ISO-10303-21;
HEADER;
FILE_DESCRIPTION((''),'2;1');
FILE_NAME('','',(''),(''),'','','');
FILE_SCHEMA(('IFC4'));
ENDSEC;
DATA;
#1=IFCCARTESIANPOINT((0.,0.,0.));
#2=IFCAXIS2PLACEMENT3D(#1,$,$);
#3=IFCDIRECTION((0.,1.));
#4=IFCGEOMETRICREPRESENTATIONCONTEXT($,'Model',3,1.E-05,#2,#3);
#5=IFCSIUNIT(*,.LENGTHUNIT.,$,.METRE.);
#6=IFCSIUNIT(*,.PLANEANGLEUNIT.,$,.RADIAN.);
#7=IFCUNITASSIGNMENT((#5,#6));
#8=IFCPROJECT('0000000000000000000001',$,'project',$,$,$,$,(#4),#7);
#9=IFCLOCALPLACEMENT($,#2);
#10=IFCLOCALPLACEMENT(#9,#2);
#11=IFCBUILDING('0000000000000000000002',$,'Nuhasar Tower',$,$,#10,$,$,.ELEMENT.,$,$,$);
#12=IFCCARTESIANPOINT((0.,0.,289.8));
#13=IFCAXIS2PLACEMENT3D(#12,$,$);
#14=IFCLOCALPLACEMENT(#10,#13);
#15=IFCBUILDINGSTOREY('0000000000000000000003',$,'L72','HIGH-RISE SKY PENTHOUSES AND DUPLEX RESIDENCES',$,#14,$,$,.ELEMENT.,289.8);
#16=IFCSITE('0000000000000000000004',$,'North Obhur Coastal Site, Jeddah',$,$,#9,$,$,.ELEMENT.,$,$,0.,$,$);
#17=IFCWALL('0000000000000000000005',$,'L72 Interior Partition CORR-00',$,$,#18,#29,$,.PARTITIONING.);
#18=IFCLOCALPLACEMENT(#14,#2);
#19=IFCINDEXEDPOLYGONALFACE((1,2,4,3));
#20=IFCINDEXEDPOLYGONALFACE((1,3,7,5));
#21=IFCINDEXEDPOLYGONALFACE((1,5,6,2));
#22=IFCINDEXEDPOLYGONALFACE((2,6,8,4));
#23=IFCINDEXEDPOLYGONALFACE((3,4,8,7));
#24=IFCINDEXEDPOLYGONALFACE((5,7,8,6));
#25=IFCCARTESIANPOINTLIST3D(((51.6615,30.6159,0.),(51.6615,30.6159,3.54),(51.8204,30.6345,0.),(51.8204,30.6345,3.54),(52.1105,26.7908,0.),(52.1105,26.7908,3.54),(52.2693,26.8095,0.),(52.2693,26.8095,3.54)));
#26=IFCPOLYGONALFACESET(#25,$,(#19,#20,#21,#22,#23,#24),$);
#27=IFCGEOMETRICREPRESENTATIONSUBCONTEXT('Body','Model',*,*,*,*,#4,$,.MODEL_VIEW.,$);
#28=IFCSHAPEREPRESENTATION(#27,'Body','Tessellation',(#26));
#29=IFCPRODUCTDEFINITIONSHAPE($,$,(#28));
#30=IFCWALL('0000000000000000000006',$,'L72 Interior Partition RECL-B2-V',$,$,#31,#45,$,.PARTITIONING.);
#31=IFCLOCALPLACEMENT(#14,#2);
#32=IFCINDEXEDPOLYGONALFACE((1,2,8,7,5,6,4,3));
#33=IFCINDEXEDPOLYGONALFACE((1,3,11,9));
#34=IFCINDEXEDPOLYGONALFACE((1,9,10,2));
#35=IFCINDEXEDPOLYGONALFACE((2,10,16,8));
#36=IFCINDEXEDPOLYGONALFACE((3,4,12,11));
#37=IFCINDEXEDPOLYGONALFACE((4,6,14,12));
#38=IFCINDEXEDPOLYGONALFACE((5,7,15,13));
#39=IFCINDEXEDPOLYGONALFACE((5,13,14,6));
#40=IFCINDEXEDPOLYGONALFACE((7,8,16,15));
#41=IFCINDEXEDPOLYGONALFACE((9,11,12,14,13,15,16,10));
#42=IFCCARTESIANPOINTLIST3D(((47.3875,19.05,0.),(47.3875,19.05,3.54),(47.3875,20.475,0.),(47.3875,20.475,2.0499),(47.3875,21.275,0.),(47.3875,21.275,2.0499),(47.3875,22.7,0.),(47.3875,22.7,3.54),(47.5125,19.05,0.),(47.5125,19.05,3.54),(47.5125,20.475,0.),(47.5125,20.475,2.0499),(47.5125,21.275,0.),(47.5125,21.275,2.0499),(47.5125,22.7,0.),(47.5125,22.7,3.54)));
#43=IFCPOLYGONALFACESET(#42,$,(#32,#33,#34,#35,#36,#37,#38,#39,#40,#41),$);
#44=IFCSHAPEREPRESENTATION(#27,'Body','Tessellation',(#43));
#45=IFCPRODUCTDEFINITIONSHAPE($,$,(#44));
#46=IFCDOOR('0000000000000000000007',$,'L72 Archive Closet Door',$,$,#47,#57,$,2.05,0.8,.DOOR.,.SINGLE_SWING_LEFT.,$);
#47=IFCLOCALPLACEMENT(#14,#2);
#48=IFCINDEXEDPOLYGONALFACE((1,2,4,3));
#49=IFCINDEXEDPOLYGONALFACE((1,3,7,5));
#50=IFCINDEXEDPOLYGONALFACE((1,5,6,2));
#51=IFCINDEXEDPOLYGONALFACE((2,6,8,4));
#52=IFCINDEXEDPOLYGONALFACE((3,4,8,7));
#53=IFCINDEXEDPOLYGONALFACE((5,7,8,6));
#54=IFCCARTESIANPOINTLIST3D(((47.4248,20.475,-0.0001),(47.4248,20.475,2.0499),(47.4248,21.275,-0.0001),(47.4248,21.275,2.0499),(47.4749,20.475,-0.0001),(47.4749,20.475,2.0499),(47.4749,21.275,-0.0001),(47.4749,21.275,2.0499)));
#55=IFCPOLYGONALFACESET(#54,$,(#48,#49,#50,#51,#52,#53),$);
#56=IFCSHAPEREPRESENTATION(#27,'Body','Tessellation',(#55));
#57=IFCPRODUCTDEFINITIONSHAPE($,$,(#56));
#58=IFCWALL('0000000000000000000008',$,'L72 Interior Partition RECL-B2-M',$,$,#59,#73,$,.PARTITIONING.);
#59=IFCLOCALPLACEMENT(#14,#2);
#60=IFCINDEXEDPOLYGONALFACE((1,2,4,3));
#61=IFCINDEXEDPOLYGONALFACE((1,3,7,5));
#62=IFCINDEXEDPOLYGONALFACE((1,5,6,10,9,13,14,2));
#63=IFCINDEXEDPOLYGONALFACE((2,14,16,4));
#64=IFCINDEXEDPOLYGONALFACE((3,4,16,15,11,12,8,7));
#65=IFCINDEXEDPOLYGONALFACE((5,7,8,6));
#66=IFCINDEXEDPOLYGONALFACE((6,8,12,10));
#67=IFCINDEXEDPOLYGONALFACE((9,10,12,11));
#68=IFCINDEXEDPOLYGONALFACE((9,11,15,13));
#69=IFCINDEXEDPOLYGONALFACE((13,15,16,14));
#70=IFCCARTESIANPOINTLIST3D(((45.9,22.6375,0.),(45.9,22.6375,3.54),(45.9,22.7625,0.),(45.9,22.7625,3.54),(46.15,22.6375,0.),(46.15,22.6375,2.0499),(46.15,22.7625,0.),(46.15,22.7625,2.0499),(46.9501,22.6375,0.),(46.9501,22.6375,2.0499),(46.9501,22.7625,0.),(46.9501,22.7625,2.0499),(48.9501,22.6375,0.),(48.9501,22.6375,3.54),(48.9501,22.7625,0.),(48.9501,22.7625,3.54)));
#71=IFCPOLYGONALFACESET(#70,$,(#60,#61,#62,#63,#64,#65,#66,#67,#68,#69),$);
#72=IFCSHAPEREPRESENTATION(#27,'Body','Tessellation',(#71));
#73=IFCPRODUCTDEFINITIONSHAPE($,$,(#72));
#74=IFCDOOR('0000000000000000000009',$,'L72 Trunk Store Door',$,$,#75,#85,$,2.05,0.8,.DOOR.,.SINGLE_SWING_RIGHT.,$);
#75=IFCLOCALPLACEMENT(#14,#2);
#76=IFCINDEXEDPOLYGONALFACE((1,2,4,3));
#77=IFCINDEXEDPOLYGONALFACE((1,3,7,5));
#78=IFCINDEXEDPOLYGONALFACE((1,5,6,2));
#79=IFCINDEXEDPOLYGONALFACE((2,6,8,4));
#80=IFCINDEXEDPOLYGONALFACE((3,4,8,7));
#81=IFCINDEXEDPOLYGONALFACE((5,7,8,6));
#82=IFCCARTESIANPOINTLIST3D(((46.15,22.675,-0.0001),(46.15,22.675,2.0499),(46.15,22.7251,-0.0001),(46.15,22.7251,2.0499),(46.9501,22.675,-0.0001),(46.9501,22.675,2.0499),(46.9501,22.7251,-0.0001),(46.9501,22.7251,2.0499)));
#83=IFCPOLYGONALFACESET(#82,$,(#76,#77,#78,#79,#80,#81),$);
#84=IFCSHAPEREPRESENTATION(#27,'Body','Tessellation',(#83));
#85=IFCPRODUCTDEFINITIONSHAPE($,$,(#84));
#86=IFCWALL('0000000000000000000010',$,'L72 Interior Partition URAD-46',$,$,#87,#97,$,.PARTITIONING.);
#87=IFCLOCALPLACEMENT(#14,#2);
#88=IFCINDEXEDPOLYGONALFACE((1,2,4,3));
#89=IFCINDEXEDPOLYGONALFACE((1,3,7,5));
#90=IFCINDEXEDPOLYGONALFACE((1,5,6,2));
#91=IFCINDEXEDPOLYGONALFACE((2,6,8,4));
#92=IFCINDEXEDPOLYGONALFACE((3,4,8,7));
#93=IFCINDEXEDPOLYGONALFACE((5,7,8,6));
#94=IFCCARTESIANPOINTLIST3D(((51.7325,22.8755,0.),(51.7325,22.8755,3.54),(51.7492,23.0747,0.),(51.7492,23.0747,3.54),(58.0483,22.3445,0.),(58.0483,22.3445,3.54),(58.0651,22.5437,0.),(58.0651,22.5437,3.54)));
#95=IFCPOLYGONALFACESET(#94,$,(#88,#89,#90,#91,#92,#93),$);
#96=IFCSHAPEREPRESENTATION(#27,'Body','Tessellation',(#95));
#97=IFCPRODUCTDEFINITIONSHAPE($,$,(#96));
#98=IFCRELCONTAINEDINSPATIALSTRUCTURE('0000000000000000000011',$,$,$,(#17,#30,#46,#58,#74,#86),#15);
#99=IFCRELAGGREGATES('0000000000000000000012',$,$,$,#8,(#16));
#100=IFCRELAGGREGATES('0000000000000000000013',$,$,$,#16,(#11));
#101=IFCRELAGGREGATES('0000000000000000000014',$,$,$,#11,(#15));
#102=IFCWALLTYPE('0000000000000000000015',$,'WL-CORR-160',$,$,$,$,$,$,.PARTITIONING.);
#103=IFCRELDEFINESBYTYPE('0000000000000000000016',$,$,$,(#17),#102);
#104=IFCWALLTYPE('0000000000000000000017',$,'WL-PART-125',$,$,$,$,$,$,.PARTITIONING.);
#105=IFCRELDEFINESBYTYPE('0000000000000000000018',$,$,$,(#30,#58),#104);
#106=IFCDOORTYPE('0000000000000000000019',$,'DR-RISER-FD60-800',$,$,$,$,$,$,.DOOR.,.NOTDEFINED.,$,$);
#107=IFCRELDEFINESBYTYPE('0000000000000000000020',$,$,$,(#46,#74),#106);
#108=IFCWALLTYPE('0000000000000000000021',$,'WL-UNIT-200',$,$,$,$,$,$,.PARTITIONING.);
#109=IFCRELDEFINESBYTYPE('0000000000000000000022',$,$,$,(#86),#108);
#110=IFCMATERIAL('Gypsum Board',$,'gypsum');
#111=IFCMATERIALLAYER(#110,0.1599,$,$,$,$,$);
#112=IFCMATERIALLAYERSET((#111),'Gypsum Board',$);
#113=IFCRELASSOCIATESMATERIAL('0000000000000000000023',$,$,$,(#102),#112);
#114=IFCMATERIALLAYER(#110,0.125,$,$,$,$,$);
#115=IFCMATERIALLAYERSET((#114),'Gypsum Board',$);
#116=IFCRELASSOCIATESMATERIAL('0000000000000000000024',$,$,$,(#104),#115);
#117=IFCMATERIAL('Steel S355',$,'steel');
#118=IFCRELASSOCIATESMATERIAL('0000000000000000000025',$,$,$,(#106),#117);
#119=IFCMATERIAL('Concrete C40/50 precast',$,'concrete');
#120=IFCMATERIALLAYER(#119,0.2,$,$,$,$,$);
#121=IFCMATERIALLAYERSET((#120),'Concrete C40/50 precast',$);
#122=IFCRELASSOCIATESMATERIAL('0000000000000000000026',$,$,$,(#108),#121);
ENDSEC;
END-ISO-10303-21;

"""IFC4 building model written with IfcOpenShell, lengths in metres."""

from ifc_helpers import new_model, si_unit, direction, frame, frame_2d, origin, place, context, subcontext, project, spatial, rectangle, extrude, material, layer, layer_set, type_object, element, fill, save


model = new_model("IFC4")

# Units and contexts
model_context = context("Model", 3, precision=1e-05, world=origin(), true_north=direction((0.0, 1.0)))
body_context = subcontext(model_context, "Body", "Model", "MODEL_VIEW")
ifc_project = project(units=[si_unit("LENGTHUNIT", "METRE"), si_unit("PLANEANGLEUNIT", "RADIAN")], contexts=[model_context])

# Site, building, storey
site_placement = place(None, origin())
site = spatial("IfcSite", under=ifc_project, at=site_placement, Name="North Obhur Coastal Site, Jeddah", CompositionType="ELEMENT", RefElevation=0.0)
building_placement = place(site_placement, origin())
building = spatial("IfcBuilding", under=site, at=building_placement, Name="Nuhasar Tower", CompositionType="ELEMENT")
storey_placement = place(building_placement, frame((0.0, 0.0, 289.8)))
storey = spatial("IfcBuildingStorey", under=building, at=storey_placement, Name="L72", Description="HIGH-RISE SKY PENTHOUSES AND DUPLEX RESIDENCES", CompositionType="ELEMENT", Elevation=289.8)

# Shared definitions
ifc_material_1 = material(Name="Steel S355", Category="steel")

# Shared definitions
ifc_material_2 = material(Name="Gypsum Board", Category="gypsum")
ifc_layer_1 = layer(ifc_material_2, 0.1599)
ifc_layer_set_1 = layer_set([ifc_layer_1], Name="Gypsum Board")
wall_type_1 = type_object("IfcWallType", Name="WL-CORR-160", PredefinedType="PARTITIONING", material=ifc_layer_set_1)

# Wall
wall_1_placement = place(storey_placement, frame((52.1899, 26.8, 0.0), z_axis=(0.0, 0.0, 1.0), x_axis=(-0.11658, 0.993181, 0.0)))
element("IfcWall", 1, at=wall_1_placement, inside=storey, type_object=wall_type_1, Name="L72 Interior Partition CORR-00", PredefinedType="PARTITIONING", context=body_context, shape_type="SweptSolid", body=[
    extrude(rectangle(XDim=3.8513, YDim=0.1599, at=frame_2d((1.9258, 0.0))), origin(), (0.0, 0.0, 1.0), 3.54),
])

# Walls, openings, doors
ifc_layer_2 = layer(ifc_material_2, 0.125)
ifc_layer_set_2 = layer_set([ifc_layer_2], Name="Gypsum Board")
wall_type_2 = type_object("IfcWallType", Name="WL-PART-125", PredefinedType="PARTITIONING", material=ifc_layer_set_2)
wall_2_placement = place(storey_placement, frame((47.45, 22.7, 0.0), z_axis=(0.0, 0.0, 1.0), x_axis=(0.0, -1.0, 0.0)))
wall_2 = element("IfcWall", 2, at=wall_2_placement, inside=storey, type_object=wall_type_2, Name="L72 Interior Partition RECL-B2-V", PredefinedType="PARTITIONING", context=body_context, shape_type="SweptSolid", body=[
    extrude(rectangle(XDim=3.6499, YDim=0.125, at=frame_2d((1.825, 0.0))), origin(), (0.0, 0.0, 1.0), 3.54),
])
opening_1_placement = place(wall_2_placement, frame((1.425, 0.0, 0.0)))
opening_1 = element("IfcOpeningElement", 3, at=opening_1_placement, cuts=wall_2, PredefinedType="OPENING", context=body_context, shape_type="SweptSolid", body=[
    extrude(rectangle(XDim=0.8, YDim=2.05, at=frame_2d((0.3999, 1.0249))), frame((0.0, 0.0725, 0.0), z_axis=(0.0, -1.0, 0.0), x_axis=(1.0, 0.0, 0.0)), (0.0, 0.0, 1.0), 0.145),
])
door_type_1 = type_object("IfcDoorType", Name="DR-RISER-FD60-800", OperationType="NOTDEFINED", PredefinedType="DOOR", material=ifc_material_1)
door_1_placement = place(opening_1_placement, origin())
door_1 = element("IfcDoor", 4, at=door_1_placement, inside=storey, type_object=door_type_1, Name="L72 Archive Closet Door", OperationType="SINGLE_SWING_LEFT", OverallHeight=2.05, OverallWidth=0.8, PredefinedType="DOOR", context=body_context, shape_type="SweptSolid", body=[
    extrude(rectangle(XDim=0.8, YDim=2.05, at=frame_2d((0.3999, 1.0249))), frame((0.0, 0.0249, 0.0), z_axis=(0.0, -1.0, 0.0), x_axis=(1.0, 0.0, 0.0)), (0.0, 0.0, 1.0), 0.05),
])
fill(opening_1, door_1)
wall_3_placement = place(storey_placement, frame((48.95, 22.7, 0.0), z_axis=(0.0, 0.0, 1.0), x_axis=(-1.0, 0.0, 0.0)))
wall_3 = element("IfcWall", 5, at=wall_3_placement, inside=storey, type_object=wall_type_2, Name="L72 Interior Partition RECL-B2-M", PredefinedType="PARTITIONING", context=body_context, shape_type="SweptSolid", body=[
    extrude(rectangle(XDim=3.05, YDim=0.125, at=frame_2d((1.5249, 0.0))), origin(), (0.0, 0.0, 1.0), 3.54),
])
opening_2_placement = place(wall_3_placement, frame((2.0, 0.0, 0.0)))
opening_2 = element("IfcOpeningElement", 6, at=opening_2_placement, cuts=wall_3, PredefinedType="OPENING", context=body_context, shape_type="SweptSolid", body=[
    extrude(rectangle(XDim=0.8, YDim=2.05, at=frame_2d((0.3999, 1.0249))), frame((0.0, 0.0725, 0.0), z_axis=(0.0, -1.0, 0.0), x_axis=(1.0, 0.0, 0.0)), (0.0, 0.0, 1.0), 0.145),
])
door_2_placement = place(opening_2_placement, origin())
door_2 = element("IfcDoor", 7, at=door_2_placement, inside=storey, type_object=door_type_1, Name="L72 Trunk Store Door", OperationType="SINGLE_SWING_RIGHT", OverallHeight=2.05, OverallWidth=0.8, PredefinedType="DOOR", context=body_context, shape_type="SweptSolid", body=[
    extrude(rectangle(XDim=0.8, YDim=2.05, at=frame_2d((0.3999, 1.0249))), frame((0.0, 0.0249, 0.0), z_axis=(0.0, -1.0, 0.0), x_axis=(1.0, 0.0, 0.0)), (0.0, 0.0, 1.0), 0.05),
])
fill(opening_2, door_2)

# Wall
ifc_material_3 = material(Name="Concrete C40/50 precast", Category="concrete")
ifc_layer_3 = layer(ifc_material_3, 0.2)
ifc_layer_set_3 = layer_set([ifc_layer_3], Name="Concrete C40/50 precast")
wall_type_3 = type_object("IfcWallType", Name="WL-UNIT-200", PredefinedType="PARTITIONING", material=ifc_layer_set_3)
wall_4_placement = place(storey_placement, frame((51.741, 22.9751, 0.0), z_axis=(0.0, 0.0, 1.0), x_axis=(0.996484, -0.083779, 0.0)))
element("IfcWall", 8, at=wall_4_placement, inside=storey, type_object=wall_type_3, Name="L72 Interior Partition URAD-46", PredefinedType="PARTITIONING", context=body_context, shape_type="SweptSolid", body=[
    extrude(rectangle(XDim=6.3381, YDim=0.2, at=frame_2d((3.1689, 0.0))), origin(), (0.0, 0.0, 1.0), 3.54),
])

save(model, "model.ifc")
